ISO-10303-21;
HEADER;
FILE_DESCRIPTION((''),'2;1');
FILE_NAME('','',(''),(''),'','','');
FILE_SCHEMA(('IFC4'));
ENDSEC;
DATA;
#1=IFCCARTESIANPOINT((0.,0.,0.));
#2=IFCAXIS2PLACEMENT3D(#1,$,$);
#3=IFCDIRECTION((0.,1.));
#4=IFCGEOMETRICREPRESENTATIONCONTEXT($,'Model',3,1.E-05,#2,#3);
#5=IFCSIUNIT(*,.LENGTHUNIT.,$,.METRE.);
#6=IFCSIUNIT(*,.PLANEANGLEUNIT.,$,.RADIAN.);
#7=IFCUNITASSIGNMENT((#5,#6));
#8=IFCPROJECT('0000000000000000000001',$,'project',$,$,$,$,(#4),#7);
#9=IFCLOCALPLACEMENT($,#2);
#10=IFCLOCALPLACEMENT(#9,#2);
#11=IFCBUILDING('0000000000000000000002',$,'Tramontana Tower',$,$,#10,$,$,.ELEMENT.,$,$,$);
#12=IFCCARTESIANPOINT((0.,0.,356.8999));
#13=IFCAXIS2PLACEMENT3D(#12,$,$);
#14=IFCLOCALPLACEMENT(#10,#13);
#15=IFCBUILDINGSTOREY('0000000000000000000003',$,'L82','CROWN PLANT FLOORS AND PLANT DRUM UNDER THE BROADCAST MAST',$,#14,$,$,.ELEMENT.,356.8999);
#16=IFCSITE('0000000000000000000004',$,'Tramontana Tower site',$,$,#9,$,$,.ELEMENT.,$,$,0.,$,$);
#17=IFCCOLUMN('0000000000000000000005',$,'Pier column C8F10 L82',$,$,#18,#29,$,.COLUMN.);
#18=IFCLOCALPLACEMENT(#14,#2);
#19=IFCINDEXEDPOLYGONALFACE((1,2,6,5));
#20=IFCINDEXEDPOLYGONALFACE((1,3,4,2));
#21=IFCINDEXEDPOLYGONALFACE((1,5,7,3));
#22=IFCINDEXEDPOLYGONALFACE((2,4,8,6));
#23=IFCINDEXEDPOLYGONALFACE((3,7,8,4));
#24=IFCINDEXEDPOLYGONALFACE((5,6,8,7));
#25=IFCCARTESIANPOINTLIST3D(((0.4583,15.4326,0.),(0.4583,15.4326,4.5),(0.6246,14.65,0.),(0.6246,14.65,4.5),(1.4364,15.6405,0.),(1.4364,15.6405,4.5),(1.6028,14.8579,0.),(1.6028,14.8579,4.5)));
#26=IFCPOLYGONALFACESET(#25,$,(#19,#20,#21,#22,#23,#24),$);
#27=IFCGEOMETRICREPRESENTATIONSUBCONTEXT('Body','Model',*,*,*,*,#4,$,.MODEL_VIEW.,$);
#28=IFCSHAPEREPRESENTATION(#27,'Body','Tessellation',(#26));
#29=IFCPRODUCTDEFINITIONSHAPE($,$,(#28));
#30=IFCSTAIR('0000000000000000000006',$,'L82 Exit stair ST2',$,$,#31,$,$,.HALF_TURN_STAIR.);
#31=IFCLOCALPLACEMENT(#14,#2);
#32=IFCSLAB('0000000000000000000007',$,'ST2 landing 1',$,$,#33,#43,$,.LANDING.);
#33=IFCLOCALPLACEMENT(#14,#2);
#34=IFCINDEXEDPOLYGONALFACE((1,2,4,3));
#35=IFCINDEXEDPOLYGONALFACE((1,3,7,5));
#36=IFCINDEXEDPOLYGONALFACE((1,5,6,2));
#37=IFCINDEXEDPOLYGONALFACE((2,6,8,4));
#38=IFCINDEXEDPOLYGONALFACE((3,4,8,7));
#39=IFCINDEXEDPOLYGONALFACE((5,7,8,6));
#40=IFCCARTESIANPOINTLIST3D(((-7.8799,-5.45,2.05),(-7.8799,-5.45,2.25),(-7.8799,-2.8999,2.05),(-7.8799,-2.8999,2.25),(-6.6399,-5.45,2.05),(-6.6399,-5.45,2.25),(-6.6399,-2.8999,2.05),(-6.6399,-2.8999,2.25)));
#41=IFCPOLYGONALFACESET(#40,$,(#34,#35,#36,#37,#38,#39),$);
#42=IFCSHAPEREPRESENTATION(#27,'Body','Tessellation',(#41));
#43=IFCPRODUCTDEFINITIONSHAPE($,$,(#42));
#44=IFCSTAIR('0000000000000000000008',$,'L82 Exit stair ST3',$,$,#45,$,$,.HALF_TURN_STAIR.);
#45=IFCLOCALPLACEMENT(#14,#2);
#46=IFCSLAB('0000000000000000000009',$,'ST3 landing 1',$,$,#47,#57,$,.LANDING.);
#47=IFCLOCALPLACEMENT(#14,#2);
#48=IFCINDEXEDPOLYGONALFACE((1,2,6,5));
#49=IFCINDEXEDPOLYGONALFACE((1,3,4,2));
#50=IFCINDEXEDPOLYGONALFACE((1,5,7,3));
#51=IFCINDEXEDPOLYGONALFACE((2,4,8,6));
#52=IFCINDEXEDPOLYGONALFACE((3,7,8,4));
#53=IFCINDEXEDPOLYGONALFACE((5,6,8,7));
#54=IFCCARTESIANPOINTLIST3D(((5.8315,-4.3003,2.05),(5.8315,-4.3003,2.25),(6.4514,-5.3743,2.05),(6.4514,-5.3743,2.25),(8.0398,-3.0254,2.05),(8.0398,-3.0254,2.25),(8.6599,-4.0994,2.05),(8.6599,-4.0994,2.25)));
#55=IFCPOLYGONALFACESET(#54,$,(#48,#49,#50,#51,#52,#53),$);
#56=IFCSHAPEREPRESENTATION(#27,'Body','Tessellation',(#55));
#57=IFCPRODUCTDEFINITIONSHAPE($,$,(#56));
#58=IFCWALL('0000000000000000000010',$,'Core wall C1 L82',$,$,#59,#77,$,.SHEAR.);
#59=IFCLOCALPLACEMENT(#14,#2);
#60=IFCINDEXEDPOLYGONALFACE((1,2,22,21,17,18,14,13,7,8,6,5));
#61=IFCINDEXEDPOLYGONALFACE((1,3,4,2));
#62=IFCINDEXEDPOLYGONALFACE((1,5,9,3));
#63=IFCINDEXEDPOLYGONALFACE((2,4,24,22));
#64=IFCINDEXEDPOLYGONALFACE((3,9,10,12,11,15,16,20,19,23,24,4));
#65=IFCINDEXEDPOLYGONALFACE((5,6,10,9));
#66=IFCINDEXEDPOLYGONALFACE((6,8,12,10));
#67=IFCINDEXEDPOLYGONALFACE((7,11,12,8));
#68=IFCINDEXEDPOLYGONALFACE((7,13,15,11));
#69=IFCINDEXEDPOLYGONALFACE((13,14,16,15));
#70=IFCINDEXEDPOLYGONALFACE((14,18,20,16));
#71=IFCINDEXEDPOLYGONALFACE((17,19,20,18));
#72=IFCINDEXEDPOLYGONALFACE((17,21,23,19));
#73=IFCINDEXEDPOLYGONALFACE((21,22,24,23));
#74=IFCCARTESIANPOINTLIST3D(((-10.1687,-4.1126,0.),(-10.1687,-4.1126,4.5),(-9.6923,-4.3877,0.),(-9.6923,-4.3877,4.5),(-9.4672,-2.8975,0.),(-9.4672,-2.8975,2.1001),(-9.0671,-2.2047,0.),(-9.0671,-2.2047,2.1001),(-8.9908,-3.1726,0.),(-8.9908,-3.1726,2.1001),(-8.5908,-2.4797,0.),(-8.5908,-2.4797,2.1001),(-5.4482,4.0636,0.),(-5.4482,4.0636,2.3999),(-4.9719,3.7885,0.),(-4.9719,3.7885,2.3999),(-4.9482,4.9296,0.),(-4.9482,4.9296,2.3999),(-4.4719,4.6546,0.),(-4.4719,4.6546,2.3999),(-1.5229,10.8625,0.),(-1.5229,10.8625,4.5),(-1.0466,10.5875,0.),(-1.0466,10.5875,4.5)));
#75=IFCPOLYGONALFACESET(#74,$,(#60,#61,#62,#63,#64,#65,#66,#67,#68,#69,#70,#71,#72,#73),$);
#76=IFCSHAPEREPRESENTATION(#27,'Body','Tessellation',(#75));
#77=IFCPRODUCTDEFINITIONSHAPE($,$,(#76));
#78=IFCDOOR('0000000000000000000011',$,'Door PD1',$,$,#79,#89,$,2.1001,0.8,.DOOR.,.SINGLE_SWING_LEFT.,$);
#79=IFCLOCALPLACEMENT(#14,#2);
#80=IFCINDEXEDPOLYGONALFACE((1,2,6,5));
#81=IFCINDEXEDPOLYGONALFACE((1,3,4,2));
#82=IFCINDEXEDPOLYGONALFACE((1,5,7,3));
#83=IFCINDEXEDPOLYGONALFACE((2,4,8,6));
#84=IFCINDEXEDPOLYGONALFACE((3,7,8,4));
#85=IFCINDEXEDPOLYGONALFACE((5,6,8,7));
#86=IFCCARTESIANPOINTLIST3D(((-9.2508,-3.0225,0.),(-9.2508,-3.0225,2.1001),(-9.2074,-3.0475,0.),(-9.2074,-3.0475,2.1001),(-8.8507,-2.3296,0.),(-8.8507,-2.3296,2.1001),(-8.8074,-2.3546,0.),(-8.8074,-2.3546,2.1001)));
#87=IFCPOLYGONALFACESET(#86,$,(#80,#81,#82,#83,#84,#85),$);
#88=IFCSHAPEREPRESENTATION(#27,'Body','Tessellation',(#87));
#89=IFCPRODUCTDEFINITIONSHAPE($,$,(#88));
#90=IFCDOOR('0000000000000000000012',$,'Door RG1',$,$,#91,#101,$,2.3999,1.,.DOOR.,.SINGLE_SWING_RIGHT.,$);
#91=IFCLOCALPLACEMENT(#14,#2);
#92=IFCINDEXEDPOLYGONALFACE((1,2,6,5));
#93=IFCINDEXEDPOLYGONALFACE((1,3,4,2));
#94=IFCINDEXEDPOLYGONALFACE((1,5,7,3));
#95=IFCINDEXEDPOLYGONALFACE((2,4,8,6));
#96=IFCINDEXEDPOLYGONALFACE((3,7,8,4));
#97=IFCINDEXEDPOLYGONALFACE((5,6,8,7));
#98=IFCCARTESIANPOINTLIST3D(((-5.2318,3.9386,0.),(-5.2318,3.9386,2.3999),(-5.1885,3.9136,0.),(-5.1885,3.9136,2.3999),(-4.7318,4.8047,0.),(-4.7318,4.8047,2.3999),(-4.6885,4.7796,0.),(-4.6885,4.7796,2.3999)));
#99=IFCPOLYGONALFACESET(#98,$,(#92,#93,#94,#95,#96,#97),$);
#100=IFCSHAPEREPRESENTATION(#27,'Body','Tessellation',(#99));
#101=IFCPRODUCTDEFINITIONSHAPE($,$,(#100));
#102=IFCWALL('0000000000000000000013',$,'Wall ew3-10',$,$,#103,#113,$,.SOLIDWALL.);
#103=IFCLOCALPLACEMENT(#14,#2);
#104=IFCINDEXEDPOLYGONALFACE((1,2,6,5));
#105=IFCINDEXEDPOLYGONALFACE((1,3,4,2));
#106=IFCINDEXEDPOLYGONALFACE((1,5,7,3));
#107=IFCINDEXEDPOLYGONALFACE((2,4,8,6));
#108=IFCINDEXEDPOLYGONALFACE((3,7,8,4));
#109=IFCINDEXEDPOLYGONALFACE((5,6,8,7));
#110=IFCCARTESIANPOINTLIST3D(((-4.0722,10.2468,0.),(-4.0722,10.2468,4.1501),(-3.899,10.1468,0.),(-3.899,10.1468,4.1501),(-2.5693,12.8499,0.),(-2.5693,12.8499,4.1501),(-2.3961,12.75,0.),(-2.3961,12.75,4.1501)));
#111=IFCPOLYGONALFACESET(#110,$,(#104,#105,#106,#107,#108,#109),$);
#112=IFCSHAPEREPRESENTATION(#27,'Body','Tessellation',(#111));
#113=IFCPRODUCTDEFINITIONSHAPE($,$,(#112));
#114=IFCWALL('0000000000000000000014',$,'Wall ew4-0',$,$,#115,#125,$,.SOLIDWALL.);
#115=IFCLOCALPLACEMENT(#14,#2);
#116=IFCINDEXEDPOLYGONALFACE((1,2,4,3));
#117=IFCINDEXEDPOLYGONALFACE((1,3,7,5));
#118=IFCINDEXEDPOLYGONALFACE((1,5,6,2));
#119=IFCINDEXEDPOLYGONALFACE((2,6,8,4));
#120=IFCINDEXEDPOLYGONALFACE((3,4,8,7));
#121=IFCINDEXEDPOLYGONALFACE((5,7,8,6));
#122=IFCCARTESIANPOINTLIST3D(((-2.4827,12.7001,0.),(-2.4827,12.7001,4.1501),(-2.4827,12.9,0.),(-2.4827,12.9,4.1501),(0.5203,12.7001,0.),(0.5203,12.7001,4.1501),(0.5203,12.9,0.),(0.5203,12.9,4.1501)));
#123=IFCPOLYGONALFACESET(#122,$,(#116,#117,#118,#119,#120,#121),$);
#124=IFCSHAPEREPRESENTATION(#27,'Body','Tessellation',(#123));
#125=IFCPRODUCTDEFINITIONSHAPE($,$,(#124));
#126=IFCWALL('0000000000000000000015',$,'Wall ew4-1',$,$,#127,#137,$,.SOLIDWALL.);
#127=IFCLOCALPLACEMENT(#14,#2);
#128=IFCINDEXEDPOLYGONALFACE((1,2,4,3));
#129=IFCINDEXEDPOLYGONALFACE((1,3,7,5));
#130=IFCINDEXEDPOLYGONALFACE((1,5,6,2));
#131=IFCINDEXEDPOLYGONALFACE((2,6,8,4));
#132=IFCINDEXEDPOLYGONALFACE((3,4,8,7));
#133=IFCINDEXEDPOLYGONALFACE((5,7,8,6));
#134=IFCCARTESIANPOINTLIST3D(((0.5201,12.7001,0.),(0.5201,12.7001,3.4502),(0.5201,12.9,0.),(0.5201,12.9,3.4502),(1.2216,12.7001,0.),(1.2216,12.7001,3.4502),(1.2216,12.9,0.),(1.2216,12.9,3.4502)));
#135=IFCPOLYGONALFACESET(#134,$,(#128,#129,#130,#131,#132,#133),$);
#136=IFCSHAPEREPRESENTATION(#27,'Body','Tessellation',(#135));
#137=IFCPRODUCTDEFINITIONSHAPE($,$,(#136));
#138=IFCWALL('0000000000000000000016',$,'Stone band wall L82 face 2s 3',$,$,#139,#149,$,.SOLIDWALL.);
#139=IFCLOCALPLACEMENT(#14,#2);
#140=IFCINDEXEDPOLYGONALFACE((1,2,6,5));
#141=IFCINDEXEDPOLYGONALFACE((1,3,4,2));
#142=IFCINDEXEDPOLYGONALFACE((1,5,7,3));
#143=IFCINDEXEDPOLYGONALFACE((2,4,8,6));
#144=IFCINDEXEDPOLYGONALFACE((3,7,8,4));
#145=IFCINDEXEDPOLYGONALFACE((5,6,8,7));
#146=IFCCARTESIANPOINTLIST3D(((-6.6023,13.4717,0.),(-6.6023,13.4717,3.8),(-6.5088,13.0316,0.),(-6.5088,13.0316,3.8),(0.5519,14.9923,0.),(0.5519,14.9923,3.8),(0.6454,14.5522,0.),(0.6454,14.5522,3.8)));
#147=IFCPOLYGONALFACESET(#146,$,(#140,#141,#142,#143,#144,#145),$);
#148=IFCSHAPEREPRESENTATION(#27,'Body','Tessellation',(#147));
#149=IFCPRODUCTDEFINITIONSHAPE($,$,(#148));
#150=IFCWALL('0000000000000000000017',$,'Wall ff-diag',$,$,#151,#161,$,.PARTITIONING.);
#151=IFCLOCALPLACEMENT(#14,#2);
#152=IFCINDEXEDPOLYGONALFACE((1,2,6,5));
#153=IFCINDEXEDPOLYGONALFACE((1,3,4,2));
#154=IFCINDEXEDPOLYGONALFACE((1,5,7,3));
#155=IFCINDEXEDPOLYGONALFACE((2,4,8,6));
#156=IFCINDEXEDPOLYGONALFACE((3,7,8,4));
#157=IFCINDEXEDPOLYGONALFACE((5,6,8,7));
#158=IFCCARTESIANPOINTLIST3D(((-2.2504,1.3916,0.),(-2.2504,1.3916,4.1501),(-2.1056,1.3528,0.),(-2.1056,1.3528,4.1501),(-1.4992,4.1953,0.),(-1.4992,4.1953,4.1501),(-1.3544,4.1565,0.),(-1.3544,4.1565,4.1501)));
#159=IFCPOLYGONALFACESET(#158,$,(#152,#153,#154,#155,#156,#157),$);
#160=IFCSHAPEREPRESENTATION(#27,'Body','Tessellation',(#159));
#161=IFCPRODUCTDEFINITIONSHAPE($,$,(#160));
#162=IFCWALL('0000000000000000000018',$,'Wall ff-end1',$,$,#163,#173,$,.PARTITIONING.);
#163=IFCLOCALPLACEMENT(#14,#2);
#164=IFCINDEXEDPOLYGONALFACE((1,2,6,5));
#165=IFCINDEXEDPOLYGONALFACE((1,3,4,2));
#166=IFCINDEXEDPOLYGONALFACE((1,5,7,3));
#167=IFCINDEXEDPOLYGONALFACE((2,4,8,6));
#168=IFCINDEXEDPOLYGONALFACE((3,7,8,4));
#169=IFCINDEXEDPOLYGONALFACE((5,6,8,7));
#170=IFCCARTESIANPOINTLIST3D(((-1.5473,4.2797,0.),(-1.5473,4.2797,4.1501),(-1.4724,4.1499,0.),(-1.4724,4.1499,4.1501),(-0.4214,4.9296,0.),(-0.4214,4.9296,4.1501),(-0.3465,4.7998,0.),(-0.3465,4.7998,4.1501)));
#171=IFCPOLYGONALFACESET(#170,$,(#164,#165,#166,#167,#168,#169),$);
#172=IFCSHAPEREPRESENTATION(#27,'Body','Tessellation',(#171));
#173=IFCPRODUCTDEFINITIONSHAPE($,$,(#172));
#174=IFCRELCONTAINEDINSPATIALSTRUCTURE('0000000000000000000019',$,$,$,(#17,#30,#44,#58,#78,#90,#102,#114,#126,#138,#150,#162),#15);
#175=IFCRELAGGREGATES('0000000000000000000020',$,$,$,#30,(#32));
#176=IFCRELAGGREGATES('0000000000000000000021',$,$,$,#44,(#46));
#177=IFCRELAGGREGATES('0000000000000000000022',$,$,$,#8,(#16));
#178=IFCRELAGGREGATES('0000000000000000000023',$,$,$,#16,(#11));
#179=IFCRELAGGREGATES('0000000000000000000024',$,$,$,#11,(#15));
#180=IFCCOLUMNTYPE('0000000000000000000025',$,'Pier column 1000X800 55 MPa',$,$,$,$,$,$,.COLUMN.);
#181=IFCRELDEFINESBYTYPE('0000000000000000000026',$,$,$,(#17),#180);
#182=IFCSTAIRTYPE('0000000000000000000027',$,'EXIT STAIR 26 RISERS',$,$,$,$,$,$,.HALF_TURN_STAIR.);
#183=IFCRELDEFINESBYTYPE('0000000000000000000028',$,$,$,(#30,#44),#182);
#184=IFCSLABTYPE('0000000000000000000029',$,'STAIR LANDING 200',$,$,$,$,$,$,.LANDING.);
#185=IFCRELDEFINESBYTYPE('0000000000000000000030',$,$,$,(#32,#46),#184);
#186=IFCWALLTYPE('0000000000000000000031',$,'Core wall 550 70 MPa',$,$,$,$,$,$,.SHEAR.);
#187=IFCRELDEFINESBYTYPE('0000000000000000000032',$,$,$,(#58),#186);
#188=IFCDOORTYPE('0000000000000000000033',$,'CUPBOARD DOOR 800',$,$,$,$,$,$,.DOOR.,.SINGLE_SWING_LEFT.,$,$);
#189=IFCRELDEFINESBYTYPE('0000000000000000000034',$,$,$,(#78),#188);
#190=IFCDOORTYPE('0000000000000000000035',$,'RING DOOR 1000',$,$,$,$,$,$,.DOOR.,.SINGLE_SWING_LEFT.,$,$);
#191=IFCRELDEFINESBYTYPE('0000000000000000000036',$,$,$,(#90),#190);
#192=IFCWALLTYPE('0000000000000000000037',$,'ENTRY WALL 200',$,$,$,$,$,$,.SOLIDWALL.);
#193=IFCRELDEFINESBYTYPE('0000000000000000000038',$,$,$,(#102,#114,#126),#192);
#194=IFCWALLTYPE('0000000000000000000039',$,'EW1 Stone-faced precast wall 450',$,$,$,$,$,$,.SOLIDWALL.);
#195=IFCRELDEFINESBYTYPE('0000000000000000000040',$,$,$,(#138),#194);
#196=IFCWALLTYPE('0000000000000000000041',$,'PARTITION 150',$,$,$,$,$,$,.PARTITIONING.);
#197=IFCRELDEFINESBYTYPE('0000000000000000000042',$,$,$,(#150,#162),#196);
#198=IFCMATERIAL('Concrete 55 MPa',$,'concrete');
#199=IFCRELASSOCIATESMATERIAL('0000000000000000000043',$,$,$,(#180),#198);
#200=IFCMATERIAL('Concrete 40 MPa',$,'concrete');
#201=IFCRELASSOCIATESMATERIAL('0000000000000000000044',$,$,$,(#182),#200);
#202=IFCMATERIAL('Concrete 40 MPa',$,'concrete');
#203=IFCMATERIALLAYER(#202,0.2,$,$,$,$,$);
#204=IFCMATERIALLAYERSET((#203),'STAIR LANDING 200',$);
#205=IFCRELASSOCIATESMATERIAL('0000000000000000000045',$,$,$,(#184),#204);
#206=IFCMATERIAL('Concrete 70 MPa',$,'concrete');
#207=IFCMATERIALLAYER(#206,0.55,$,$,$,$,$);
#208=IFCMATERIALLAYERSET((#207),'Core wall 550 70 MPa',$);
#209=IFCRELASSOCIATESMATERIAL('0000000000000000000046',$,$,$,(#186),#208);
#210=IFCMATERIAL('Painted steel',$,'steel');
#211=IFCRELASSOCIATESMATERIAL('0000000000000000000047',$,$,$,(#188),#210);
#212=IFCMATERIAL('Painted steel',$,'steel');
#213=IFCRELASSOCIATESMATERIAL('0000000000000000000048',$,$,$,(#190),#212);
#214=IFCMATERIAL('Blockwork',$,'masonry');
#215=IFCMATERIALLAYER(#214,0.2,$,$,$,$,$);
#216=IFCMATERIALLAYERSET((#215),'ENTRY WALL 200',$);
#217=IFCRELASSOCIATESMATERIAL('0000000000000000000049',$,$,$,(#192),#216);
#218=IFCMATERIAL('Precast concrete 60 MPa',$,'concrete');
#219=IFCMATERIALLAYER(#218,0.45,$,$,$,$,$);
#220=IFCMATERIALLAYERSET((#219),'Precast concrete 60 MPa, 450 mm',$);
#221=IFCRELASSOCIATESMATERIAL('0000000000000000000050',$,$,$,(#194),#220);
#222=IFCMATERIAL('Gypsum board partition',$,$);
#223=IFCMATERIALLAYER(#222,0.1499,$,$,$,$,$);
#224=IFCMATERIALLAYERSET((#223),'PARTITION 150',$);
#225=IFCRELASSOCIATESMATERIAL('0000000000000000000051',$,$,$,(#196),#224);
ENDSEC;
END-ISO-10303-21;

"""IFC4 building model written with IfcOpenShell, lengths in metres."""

from ifc_helpers import new_model, si_unit, direction, frame, frame_2d, origin, origin_2d, place, context, subcontext, project, spatial, polyline, rectangle, outline, extrude, material, layer, layer_set, material_profile, profile_set, type_object, element, fill, aggregate, save


model = new_model("IFC4")

# Units and contexts
model_context = context("Model", 3, precision=1e-05, world=origin(), true_north=direction((0.0, 1.0)))
body_context = subcontext(model_context, "Body", "Model", "MODEL_VIEW")
ifc_project = project(units=[si_unit("LENGTHUNIT", "METRE"), si_unit("PLANEANGLEUNIT", "RADIAN")], contexts=[model_context])

# Site, building, storey
site_placement = place(None, origin())
site = spatial("IfcSite", under=ifc_project, at=site_placement, Name="Tramontana Tower site", CompositionType="ELEMENT", RefElevation=0.0)
building_placement = place(site_placement, origin())
building = spatial("IfcBuilding", under=site, at=building_placement, Name="Tramontana Tower", CompositionType="ELEMENT")
storey_placement = place(building_placement, frame((0.0, 0.0, 356.8999)))
storey = spatial("IfcBuildingStorey", under=building, at=storey_placement, Name="L82", Description="CROWN PLANT FLOORS AND PLANT DRUM UNDER THE BROADCAST MAST", CompositionType="ELEMENT", Elevation=356.8999)

# Column
ifc_material_1 = material(Name="Concrete 55 MPa", Category="concrete")
ifc_material_profile = material_profile(ifc_material_1, rectangle(XDim=1.0, YDim=0.8, at=origin_2d()), Name="Pier column 1000X800 55 MPa")
ifc_profile_set = profile_set([ifc_material_profile], Name="Concrete 55 MPa")
column_type = type_object("IfcColumnType", Name="Pier column 1000X800 55 MPa", PredefinedType="COLUMN", material=ifc_profile_set)
column_placement = place(storey_placement, frame((1.0305, 15.1453, 0.0), z_axis=(0.0, 0.0, 1.0), x_axis=(-0.978148, -0.207912, 0.0)))
element("IfcColumn", 1, at=column_placement, inside=storey, type_object=column_type, Name="Pier column C8F10 L82", PredefinedType="COLUMN", context=body_context, shape_type="SweptSolid", body=[
    extrude(rectangle(XDim=1.0, YDim=0.8, at=origin_2d()), origin(), (0.0, 0.0, 1.0), 4.5),
])

# Stairs, slabs
ifc_material_2 = material(Name="Concrete 40 MPa", Category="concrete")
stair_type = type_object("IfcStairType", Name="EXIT STAIR 26 RISERS", PredefinedType="HALF_TURN_STAIR", material=ifc_material_2)
stair_1_placement = place(storey_placement, origin())
stair_1 = element("IfcStair", 2, at=stair_1_placement, inside=storey, type_object=stair_type, Name="L82 Exit stair ST2", PredefinedType="HALF_TURN_STAIR")
ifc_material_3 = material(Name="Concrete 40 MPa", Category="concrete")
ifc_layer_1 = layer(ifc_material_3, 0.2)
ifc_layer_set_1 = layer_set([ifc_layer_1], Name="STAIR LANDING 200")
slab_type = type_object("IfcSlabType", Name="STAIR LANDING 200", PredefinedType="LANDING", material=ifc_layer_set_1)
slab_1_placement = place(storey_placement, frame((0.0, 0.0, 2.05)))
slab_1 = element("IfcSlab", 3, at=slab_1_placement, type_object=slab_type, Name="ST2 landing 1", PredefinedType="LANDING", context=body_context, shape_type="SweptSolid", body=[
    extrude(outline(polyline([(-6.6399, -2.8999), (-7.8799, -2.8999), (-7.8799, -5.45), (-6.6399, -5.45), (-6.6399, -2.8999)])), origin(), (0.0, 0.0, 1.0), 0.2),
])
aggregate(stair_1, [slab_1])
stair_2_placement = place(storey_placement, origin())
stair_2 = element("IfcStair", 4, at=stair_2_placement, inside=storey, type_object=stair_type, Name="L82 Exit stair ST3", PredefinedType="HALF_TURN_STAIR")
slab_2_placement = place(storey_placement, frame((0.0, 0.0, 2.05)))
slab_2 = element("IfcSlab", 5, at=slab_2_placement, type_object=slab_type, Name="ST3 landing 1", PredefinedType="LANDING", context=body_context, shape_type="SweptSolid", body=[
    extrude(outline(polyline([(5.8315, -4.3003), (6.4514, -5.3743), (8.6599, -4.0994), (8.0398, -3.0254), (5.8315, -4.3003)])), origin(), (0.0, 0.0, 1.0), 0.2),
])
aggregate(stair_2, [slab_2])

# Wall, openings, doors
ifc_material_4 = material(Name="Concrete 70 MPa", Category="concrete")
ifc_layer_2 = layer(ifc_material_4, 0.55)
ifc_layer_set_2 = layer_set([ifc_layer_2], Name="Core wall 550 70 MPa")
wall_type_1 = type_object("IfcWallType", Name="Core wall 550 70 MPa", PredefinedType="SHEAR", material=ifc_layer_set_2)
wall_1_placement = place(storey_placement, frame((-1.2847, 10.7251, 0.0), z_axis=(0.0, 0.0, 1.0), x_axis=(-0.499995, -0.866029, 0.0)))
wall_1 = element("IfcWall", 6, at=wall_1_placement, inside=storey, type_object=wall_type_1, Name="Core wall C1 L82", PredefinedType="SHEAR", context=body_context, shape_type="SweptSolid", body=[
    extrude(rectangle(XDim=17.2917, YDim=0.55, at=frame_2d((8.646, 0.0))), origin(), (0.0, 0.0, 1.0), 4.5),
])
opening_1_placement = place(wall_1_placement, frame((6.8508, 0.0, 0.0)))
opening_1 = element("IfcOpeningElement", 7, at=opening_1_placement, cuts=wall_1, PredefinedType="OPENING", context=body_context, shape_type="SweptSolid", body=[
    extrude(rectangle(XDim=1.0, YDim=2.3999, at=frame_2d((0.5, 1.2))), frame((0.0, 0.2849, 0.0), z_axis=(0.0, -1.0, 0.0), x_axis=(1.0, 0.0, 0.0)), (0.0, 0.0, 1.0), 0.5701),
])
opening_2_placement = place(wall_1_placement, frame((15.0889, 0.0, 0.0)))
opening_2 = element("IfcOpeningElement", 8, at=opening_2_placement, cuts=wall_1, PredefinedType="OPENING", context=body_context, shape_type="SweptSolid", body=[
    extrude(rectangle(XDim=0.8, YDim=2.1001, at=frame_2d((0.3999, 1.05))), frame((0.0, 0.2849, 0.0), z_axis=(0.0, -1.0, 0.0), x_axis=(1.0, 0.0, 0.0)), (0.0, 0.0, 1.0), 0.5701),
])
ifc_material_5 = material(Name="Painted steel", Category="steel")
door_type_1 = type_object("IfcDoorType", Name="CUPBOARD DOOR 800", OperationType="SINGLE_SWING_LEFT", PredefinedType="DOOR", material=ifc_material_5)
door_1_placement = place(opening_2_placement, origin())
door_1 = element("IfcDoor", 9, at=door_1_placement, inside=storey, type_object=door_type_1, Name="Door PD1", OperationType="SINGLE_SWING_LEFT", OverallHeight=2.1001, OverallWidth=0.8, PredefinedType="DOOR", context=body_context, shape_type="SweptSolid", body=[
    extrude(rectangle(XDim=0.8, YDim=2.1001, at=frame_2d((0.3999, 1.05))), frame((0.0, 0.0249, 0.0), z_axis=(0.0, -1.0, 0.0), x_axis=(1.0, 0.0, 0.0)), (0.0, 0.0, 1.0), 0.05),
])
fill(opening_2, door_1)
ifc_material_6 = material(Name="Painted steel", Category="steel")
door_type_2 = type_object("IfcDoorType", Name="RING DOOR 1000", OperationType="SINGLE_SWING_LEFT", PredefinedType="DOOR", material=ifc_material_6)
door_2_placement = place(opening_1_placement, origin())
door_2 = element("IfcDoor", 10, at=door_2_placement, inside=storey, type_object=door_type_2, Name="Door RG1", OperationType="SINGLE_SWING_RIGHT", OverallHeight=2.3999, OverallWidth=1.0, PredefinedType="DOOR", context=body_context, shape_type="SweptSolid", body=[
    extrude(rectangle(XDim=1.0, YDim=2.3999, at=frame_2d((0.5, 1.2))), frame((0.0, 0.0249, 0.0), z_axis=(0.0, -1.0, 0.0), x_axis=(1.0, 0.0, 0.0)), (0.0, 0.0, 1.0), 0.05),
])
fill(opening_1, door_2)

# Shared definitions
ifc_material_7 = material(Name="Blockwork", Category="masonry")
ifc_layer_3 = layer(ifc_material_7, 0.2)
ifc_layer_set_3 = layer_set([ifc_layer_3], Name="ENTRY WALL 200")
wall_type_2 = type_object("IfcWallType", Name="ENTRY WALL 200", PredefinedType="SOLIDWALL", material=ifc_layer_set_3)

# Walls
wall_2_placement = place(storey_placement, frame((-3.9856, 10.1968, 0.0), z_axis=(0.0, 0.0, 1.0), x_axis=(0.499983, 0.866035, 0.0)))
element("IfcWall", 11, at=wall_2_placement, inside=storey, type_object=wall_type_2, Name="Wall ew3-10", PredefinedType="SOLIDWALL", context=body_context, shape_type="SweptSolid", body=[
    extrude(rectangle(XDim=3.0059, YDim=0.2, at=frame_2d((1.5029, 0.0))), origin(), (0.0, 0.0, 1.0), 4.1501),
])
wall_3_placement = place(storey_placement, frame((-2.4827, 12.8, 0.0), z_axis=(0.0, 0.0, 1.0), x_axis=(1.0, 0.0, 0.0)))
element("IfcWall", 12, at=wall_3_placement, inside=storey, type_object=wall_type_2, Name="Wall ew4-0", PredefinedType="SOLIDWALL", context=body_context, shape_type="SweptSolid", body=[
    extrude(rectangle(XDim=3.0029, YDim=0.2, at=frame_2d((1.5015, 0.0))), origin(), (0.0, 0.0, 1.0), 4.1501),
])
wall_4_placement = place(storey_placement, frame((0.5203, 12.8, 0.0), z_axis=(0.0, 0.0, 1.0), x_axis=(1.0, 0.0, 0.0)))
element("IfcWall", 13, at=wall_4_placement, inside=storey, type_object=wall_type_2, Name="Wall ew4-1", PredefinedType="SOLIDWALL", context=body_context, shape_type="SweptSolid", body=[
    extrude(rectangle(XDim=0.7014, YDim=0.2, at=frame_2d((0.3506, 0.0))), origin(), (0.0, 0.0, 1.0), 3.4502),
])
ifc_material_8 = material(Name="Precast concrete 60 MPa", Category="concrete")
ifc_layer_4 = layer(ifc_material_8, 0.45)
ifc_layer_set_4 = layer_set([ifc_layer_4], Name="Precast concrete 60 MPa, 450 mm")
wall_type_3 = type_object("IfcWallType", Name="EW1 Stone-faced precast wall 450", PredefinedType="SOLIDWALL", material=ifc_layer_set_4)
wall_5_placement = place(storey_placement, frame((0.5986, 14.7722, 0.0), z_axis=(0.0, 0.0, 1.0), x_axis=(-0.978151, -0.207894, 0.0)))
element("IfcWall", 14, at=wall_5_placement, inside=storey, type_object=wall_type_3, Name="Stone band wall L82 face 2s 3", PredefinedType="SOLIDWALL", context=body_context, shape_type="SweptSolid", body=[
    extrude(rectangle(XDim=7.314, YDim=0.45, at=frame_2d((3.657, 0.0))), origin(), (0.0, 0.0, 1.0), 3.8),
])
ifc_material_9 = material(Name="Gypsum board partition")
ifc_layer_5 = layer(ifc_material_9, 0.1499)
ifc_layer_set_5 = layer_set([ifc_layer_5], Name="PARTITION 150")
wall_type_4 = type_object("IfcWallType", Name="PARTITION 150", PredefinedType="PARTITIONING", material=ifc_layer_set_5)
wall_6_placement = place(storey_placement, frame((-2.178, 1.3723, 0.0), z_axis=(0.0, 0.0, 1.0), x_axis=(0.258809, 0.965929, 0.0)))
element("IfcWall", 15, at=wall_6_placement, inside=storey, type_object=wall_type_4, Name="Wall ff-diag", PredefinedType="PARTITIONING", context=body_context, shape_type="SweptSolid", body=[
    extrude(rectangle(XDim=2.9026, YDim=0.1499, at=frame_2d((1.4512, 0.0))), origin(), (0.0, 0.0, 1.0), 4.1501),
])
wall_7_placement = place(storey_placement, frame((-1.5098, 4.2148, 0.0), z_axis=(0.0, 0.0, 1.0), x_axis=(0.866086, 0.499896, 0.0)))
element("IfcWall", 16, at=wall_7_placement, inside=storey, type_object=wall_type_4, Name="Wall ff-end1", PredefinedType="PARTITIONING", context=body_context, shape_type="SweptSolid", body=[
    extrude(rectangle(XDim=1.3, YDim=0.1499, at=frame_2d((0.6499, 0.0))), origin(), (0.0, 0.0, 1.0), 4.1501),
])

save(model, "model.ifc")
